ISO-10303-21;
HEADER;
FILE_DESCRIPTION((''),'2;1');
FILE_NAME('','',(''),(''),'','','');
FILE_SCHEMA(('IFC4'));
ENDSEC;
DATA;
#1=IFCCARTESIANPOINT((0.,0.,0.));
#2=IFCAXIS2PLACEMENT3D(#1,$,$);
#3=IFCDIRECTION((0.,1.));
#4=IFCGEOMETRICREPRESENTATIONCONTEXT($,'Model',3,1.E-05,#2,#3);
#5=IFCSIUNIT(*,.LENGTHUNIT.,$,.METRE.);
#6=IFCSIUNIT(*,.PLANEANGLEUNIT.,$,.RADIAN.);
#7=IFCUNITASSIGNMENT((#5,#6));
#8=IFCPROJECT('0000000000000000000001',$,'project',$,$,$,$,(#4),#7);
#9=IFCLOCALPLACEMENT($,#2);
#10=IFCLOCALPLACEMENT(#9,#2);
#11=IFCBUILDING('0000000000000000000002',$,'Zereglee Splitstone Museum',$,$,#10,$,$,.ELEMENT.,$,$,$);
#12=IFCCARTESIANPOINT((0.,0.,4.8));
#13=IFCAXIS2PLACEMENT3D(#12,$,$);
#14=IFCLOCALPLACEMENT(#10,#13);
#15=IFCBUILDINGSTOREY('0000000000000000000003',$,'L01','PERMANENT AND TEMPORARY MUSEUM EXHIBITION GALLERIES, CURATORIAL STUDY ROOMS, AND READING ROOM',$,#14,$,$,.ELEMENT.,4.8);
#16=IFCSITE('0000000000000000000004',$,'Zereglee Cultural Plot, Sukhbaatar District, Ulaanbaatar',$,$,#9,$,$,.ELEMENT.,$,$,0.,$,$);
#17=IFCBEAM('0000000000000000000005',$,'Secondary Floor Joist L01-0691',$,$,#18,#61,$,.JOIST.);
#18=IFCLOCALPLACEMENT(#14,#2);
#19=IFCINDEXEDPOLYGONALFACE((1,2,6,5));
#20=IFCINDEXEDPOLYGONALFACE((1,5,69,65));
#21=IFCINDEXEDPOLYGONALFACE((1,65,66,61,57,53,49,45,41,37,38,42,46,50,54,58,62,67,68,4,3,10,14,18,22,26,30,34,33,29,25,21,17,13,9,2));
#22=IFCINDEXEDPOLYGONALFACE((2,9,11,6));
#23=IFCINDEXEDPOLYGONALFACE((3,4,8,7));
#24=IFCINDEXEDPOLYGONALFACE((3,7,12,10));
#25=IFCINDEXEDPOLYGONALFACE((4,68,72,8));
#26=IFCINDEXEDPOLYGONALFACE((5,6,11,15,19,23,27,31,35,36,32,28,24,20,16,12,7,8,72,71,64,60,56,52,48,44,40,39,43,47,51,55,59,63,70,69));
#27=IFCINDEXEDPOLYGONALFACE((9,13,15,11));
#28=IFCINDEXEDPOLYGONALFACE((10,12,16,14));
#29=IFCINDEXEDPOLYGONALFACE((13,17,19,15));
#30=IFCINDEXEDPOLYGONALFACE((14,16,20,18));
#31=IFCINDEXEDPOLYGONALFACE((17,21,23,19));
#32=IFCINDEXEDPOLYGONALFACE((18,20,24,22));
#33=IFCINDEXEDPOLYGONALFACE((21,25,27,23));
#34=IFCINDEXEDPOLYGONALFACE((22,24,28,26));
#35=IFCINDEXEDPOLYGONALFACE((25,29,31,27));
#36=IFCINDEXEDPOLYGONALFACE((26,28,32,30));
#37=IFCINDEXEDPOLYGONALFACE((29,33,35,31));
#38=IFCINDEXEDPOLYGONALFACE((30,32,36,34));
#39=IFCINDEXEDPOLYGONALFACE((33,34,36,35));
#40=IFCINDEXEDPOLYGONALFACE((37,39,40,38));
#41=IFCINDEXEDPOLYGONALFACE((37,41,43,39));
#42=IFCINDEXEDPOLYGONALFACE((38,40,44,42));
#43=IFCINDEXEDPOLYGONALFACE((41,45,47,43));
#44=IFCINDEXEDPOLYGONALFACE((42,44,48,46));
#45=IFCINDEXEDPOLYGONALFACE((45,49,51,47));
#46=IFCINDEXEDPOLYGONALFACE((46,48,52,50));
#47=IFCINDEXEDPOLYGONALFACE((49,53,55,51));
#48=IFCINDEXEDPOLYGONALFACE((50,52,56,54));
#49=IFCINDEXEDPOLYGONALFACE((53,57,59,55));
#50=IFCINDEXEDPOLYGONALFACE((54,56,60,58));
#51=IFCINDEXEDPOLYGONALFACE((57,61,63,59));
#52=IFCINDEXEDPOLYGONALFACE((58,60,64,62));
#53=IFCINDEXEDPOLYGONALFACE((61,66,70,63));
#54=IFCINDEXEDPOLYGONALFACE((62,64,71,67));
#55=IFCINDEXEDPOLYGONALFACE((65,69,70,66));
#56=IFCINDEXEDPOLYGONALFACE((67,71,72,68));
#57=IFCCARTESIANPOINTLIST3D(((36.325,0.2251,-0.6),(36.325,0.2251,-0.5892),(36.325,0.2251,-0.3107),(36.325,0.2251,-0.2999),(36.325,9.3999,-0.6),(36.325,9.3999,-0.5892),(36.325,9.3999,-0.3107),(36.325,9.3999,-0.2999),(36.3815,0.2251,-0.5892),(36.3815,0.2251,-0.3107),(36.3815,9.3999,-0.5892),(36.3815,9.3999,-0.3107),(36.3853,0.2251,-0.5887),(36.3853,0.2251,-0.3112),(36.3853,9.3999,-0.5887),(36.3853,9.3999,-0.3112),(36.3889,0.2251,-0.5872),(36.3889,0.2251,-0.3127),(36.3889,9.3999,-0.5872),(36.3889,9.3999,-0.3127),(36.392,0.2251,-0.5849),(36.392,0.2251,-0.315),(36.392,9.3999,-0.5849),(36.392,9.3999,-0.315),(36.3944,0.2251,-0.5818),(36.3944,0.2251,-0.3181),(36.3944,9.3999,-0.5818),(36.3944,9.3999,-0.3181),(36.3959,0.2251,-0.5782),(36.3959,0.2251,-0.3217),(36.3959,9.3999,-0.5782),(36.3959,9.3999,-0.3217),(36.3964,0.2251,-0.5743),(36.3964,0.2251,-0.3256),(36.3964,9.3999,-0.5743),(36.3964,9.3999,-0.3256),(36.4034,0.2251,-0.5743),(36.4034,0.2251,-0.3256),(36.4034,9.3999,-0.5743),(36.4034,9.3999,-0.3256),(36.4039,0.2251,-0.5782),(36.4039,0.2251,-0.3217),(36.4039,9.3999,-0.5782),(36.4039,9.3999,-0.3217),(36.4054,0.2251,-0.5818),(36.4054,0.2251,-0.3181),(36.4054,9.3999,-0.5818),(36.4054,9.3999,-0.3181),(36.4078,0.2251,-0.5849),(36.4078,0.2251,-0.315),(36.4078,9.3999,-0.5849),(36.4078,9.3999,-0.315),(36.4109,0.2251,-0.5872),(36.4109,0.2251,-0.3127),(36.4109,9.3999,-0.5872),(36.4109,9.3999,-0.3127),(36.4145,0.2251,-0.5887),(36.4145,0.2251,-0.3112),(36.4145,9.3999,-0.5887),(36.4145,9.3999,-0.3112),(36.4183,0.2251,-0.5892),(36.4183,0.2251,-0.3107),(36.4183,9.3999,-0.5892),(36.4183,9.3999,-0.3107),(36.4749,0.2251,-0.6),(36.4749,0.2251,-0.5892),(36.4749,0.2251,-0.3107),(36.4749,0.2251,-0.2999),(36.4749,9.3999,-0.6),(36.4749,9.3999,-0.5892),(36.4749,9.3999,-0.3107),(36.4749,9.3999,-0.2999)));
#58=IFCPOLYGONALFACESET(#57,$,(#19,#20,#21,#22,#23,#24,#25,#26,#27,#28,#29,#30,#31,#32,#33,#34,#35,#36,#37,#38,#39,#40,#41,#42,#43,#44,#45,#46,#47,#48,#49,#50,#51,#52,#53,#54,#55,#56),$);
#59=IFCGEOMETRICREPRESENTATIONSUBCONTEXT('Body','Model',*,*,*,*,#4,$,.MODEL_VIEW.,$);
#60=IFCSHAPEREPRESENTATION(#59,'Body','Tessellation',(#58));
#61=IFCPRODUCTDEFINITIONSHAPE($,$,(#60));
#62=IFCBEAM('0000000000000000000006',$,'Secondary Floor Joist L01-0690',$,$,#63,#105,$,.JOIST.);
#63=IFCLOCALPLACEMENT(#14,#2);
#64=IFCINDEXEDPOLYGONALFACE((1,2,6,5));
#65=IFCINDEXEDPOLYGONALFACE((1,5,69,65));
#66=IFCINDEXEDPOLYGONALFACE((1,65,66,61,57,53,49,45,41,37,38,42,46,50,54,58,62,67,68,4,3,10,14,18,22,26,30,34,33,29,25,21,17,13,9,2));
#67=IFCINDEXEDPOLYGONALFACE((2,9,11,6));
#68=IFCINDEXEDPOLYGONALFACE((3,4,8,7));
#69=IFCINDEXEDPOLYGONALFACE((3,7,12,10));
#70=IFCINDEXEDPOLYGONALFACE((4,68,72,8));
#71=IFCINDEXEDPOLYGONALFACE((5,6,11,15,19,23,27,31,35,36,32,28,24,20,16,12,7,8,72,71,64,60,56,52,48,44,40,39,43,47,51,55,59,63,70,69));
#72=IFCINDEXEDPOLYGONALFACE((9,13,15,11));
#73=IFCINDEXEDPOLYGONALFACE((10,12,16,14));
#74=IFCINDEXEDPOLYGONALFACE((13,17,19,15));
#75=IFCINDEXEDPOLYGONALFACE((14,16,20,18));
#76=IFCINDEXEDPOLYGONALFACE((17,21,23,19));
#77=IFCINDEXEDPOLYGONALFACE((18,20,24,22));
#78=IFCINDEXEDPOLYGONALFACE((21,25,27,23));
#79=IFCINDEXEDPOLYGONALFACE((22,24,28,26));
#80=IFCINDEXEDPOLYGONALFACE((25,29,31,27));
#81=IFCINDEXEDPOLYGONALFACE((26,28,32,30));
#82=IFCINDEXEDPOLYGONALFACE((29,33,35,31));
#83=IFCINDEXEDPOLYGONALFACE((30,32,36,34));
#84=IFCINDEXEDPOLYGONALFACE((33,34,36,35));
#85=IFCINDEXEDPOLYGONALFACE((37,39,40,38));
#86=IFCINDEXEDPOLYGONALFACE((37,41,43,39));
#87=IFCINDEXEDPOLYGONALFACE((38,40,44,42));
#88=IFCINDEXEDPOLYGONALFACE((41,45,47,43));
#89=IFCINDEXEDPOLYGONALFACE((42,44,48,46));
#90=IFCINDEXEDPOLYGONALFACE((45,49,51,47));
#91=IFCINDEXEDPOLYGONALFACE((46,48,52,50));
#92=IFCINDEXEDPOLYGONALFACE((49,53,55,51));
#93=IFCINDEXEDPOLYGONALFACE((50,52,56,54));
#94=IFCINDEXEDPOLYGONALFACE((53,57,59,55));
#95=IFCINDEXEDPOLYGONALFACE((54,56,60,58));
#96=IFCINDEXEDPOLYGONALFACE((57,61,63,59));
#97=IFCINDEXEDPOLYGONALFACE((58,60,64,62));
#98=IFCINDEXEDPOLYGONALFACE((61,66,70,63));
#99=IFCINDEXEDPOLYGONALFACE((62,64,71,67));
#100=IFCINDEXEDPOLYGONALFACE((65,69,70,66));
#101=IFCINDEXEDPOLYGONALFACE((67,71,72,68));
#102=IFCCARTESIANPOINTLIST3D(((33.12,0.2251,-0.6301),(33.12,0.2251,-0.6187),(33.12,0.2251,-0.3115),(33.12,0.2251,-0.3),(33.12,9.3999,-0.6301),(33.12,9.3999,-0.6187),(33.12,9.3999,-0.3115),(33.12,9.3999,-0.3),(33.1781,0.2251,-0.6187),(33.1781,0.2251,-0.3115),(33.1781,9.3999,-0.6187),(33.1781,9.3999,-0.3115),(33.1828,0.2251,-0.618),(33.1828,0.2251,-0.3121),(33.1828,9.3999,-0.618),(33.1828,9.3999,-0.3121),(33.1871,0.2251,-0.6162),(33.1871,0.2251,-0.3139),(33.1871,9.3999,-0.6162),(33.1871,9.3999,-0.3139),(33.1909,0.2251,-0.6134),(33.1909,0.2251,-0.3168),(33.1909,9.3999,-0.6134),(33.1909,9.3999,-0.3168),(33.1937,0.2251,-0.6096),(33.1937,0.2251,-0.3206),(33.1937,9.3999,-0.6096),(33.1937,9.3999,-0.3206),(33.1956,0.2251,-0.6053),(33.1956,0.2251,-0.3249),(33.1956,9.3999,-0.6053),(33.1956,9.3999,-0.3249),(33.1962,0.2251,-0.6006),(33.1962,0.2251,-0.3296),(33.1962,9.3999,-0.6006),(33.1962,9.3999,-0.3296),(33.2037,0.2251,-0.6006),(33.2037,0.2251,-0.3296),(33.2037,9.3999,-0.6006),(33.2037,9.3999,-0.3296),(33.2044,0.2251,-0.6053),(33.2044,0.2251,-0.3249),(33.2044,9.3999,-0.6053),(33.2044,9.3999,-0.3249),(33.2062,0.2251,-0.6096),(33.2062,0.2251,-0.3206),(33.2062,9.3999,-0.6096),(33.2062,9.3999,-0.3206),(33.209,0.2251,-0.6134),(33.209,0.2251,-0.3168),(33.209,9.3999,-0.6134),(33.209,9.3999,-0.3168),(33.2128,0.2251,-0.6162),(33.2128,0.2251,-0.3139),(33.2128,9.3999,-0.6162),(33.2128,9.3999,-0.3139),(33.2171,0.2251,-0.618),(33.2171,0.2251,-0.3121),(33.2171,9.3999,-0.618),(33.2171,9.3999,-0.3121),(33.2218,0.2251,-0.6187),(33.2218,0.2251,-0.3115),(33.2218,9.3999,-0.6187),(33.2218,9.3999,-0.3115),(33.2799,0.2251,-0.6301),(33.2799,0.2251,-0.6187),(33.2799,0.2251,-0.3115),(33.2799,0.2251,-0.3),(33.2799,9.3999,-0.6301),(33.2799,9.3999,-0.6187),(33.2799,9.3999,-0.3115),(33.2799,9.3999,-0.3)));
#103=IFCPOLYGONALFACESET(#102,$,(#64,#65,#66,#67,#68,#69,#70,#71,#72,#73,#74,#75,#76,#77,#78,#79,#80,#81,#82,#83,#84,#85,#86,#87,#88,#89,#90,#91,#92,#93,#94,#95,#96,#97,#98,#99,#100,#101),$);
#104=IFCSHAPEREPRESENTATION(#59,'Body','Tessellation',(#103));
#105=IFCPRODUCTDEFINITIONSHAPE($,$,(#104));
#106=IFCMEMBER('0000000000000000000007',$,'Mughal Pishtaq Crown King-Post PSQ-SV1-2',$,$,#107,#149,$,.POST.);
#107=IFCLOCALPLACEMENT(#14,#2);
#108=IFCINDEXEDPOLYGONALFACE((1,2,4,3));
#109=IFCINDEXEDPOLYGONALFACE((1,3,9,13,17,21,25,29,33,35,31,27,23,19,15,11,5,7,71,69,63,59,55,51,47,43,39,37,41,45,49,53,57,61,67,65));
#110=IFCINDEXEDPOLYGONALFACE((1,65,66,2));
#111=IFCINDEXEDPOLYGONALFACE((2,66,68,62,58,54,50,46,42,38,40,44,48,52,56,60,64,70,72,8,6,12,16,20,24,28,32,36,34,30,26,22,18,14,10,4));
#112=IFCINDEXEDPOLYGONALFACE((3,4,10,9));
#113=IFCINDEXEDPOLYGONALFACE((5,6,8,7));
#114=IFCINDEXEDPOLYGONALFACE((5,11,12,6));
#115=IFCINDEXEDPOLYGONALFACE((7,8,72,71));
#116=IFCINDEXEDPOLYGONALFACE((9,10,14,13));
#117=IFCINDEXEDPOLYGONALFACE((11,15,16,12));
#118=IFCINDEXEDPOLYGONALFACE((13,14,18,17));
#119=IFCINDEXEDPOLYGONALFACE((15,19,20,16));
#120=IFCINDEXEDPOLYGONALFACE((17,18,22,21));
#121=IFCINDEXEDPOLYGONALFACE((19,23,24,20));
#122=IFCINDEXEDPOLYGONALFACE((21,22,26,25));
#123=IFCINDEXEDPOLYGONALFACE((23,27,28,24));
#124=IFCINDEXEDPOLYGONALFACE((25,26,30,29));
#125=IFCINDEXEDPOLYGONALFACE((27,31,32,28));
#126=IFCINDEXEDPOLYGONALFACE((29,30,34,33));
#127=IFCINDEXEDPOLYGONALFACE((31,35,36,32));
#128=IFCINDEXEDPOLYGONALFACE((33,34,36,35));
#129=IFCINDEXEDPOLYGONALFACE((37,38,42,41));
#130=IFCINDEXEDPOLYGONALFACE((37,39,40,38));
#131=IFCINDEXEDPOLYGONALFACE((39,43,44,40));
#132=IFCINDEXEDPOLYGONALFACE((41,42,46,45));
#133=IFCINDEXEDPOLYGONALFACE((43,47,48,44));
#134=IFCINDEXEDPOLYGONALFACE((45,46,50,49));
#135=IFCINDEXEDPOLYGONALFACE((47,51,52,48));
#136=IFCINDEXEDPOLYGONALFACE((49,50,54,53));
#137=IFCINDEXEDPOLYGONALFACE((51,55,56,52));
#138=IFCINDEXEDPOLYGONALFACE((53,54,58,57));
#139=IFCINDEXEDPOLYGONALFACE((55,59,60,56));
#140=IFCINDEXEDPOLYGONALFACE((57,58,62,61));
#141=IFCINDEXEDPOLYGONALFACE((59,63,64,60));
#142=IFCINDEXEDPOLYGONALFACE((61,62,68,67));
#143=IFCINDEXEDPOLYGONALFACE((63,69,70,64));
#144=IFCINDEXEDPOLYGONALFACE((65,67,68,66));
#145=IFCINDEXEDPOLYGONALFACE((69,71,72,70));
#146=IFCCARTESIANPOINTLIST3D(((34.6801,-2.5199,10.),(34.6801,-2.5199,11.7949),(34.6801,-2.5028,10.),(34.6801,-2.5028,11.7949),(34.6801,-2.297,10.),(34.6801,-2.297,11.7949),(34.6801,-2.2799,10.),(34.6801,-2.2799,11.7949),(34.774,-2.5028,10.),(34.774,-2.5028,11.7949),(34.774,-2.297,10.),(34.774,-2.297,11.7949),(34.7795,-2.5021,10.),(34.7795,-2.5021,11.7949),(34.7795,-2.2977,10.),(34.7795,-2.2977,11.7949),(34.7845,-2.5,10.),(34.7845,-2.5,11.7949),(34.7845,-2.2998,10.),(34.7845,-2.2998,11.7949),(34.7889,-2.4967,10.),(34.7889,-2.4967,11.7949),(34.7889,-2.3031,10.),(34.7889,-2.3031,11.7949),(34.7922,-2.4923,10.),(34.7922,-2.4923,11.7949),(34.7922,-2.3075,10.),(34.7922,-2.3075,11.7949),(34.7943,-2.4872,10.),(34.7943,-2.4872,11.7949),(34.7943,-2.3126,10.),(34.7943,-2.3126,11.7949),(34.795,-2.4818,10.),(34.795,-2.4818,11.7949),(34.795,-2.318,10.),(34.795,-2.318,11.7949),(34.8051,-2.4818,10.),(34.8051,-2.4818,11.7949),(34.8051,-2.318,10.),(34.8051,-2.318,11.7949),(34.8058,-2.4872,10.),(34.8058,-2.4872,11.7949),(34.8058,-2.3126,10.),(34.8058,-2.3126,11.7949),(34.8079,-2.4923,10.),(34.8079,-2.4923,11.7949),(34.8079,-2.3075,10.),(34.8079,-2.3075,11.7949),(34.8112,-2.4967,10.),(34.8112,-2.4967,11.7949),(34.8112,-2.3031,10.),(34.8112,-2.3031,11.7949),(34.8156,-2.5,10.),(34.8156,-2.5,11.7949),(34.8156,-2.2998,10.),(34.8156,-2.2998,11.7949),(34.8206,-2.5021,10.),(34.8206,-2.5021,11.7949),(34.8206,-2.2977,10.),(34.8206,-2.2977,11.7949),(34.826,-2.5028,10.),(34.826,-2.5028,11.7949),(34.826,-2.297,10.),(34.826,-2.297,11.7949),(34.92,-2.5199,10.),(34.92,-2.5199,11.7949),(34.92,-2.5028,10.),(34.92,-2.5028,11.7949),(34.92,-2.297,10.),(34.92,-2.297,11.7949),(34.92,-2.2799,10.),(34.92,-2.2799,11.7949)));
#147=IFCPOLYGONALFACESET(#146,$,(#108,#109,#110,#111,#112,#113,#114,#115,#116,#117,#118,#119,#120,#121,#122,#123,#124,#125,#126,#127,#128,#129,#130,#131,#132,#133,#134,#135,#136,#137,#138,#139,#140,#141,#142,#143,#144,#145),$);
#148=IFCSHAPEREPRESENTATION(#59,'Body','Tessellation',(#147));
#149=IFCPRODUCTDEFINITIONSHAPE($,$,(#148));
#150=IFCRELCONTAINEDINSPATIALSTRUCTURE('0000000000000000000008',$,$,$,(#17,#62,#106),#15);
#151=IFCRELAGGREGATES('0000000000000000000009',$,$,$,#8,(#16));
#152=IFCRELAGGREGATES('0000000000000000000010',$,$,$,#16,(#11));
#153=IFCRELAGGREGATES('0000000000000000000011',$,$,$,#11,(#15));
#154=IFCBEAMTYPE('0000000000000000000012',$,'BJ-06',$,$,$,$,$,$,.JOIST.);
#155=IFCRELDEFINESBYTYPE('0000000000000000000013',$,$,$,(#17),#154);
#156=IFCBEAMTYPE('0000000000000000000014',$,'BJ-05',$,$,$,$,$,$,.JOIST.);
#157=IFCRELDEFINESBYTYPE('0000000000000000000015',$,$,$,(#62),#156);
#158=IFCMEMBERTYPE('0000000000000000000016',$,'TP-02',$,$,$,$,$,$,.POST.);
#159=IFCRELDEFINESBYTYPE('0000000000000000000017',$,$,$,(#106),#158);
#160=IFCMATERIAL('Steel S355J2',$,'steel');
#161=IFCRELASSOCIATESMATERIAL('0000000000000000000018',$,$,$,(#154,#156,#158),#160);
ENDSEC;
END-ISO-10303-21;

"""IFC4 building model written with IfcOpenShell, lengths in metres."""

from ifc_helpers import new_model, si_unit, direction, frame, origin, origin_2d, place, context, subcontext, project, spatial, i_section, extrude, material, material_profile, profile_set, type_object, element, save


model = new_model("IFC4")

# Units and contexts
model_context = context("Model", 3, precision=1e-05, world=origin(), true_north=direction((0.0, 1.0)))
body_context = subcontext(model_context, "Body", "Model", "MODEL_VIEW")
ifc_project = project(units=[si_unit("LENGTHUNIT", "METRE"), si_unit("PLANEANGLEUNIT", "RADIAN")], contexts=[model_context])

# Site, building, storey
site_placement = place(None, origin())
site = spatial("IfcSite", under=ifc_project, at=site_placement, Name="Zereglee Cultural Plot, Sukhbaatar District, Ulaanbaatar", CompositionType="ELEMENT", RefElevation=0.0)
building_placement = place(site_placement, origin())
building = spatial("IfcBuilding", under=site, at=building_placement, Name="Zereglee Splitstone Museum", CompositionType="ELEMENT")
storey_placement = place(building_placement, frame((0.0, 0.0, 4.8)))
storey = spatial("IfcBuildingStorey", under=building, at=storey_placement, Name="L01", Description="PERMANENT AND TEMPORARY MUSEUM EXHIBITION GALLERIES, CURATORIAL STUDY ROOMS, AND READING ROOM", CompositionType="ELEMENT", Elevation=4.8)

# Shared definitions
ifc_material_1 = material(Name="Steel S355J2", Category="steel")

# Beams
ifc_material_profile_1 = material_profile(ifc_material_1, i_section(OverallWidth=0.1499, OverallDepth=0.3, WebThickness=0.0071, FlangeThickness=0.0107, FilletRadius=0.0149, at=origin_2d()), Name="IPE 300")
ifc_profile_set_1 = profile_set([ifc_material_profile_1], Name="Steel S355J2")
beam_type_1 = type_object("IfcBeamType", Name="BJ-06", PredefinedType="JOIST", material=ifc_profile_set_1)
beam_1_placement = place(storey_placement, frame((36.3999, 0.2251, -0.45), z_axis=(0.0, 1.0, 0.0), x_axis=(-1.0, 0.0, 0.0)))
element("IfcBeam", 1, at=beam_1_placement, inside=storey, type_object=beam_type_1, Name="Secondary Floor Joist L01-0691", PredefinedType="JOIST", context=body_context, shape_type="SweptSolid", body=[
    extrude(i_section(OverallWidth=0.1499, OverallDepth=0.3, WebThickness=0.0071, FlangeThickness=0.0107, FilletRadius=0.0149, at=origin_2d()), origin(), (0.0, 0.0, 1.0), 9.1748),
])
ifc_material_profile_2 = material_profile(ifc_material_1, i_section(OverallWidth=0.1599, OverallDepth=0.3301, WebThickness=0.0076, FlangeThickness=0.0115, FilletRadius=0.0181, at=origin_2d()), Name="IPE 330")
ifc_profile_set_2 = profile_set([ifc_material_profile_2], Name="Steel S355J2")
beam_type_2 = type_object("IfcBeamType", Name="BJ-05", PredefinedType="JOIST", material=ifc_profile_set_2)
beam_2_placement = place(storey_placement, frame((33.2, 0.2251, -0.4651), z_axis=(0.0, 1.0, 0.0), x_axis=(-1.0, 0.0, 0.0)))
element("IfcBeam", 2, at=beam_2_placement, inside=storey, type_object=beam_type_2, Name="Secondary Floor Joist L01-0690", PredefinedType="JOIST", context=body_context, shape_type="SweptSolid", body=[
    extrude(i_section(OverallWidth=0.1599, OverallDepth=0.3301, WebThickness=0.0076, FlangeThickness=0.0115, FilletRadius=0.0181, at=origin_2d()), origin(), (0.0, 0.0, 1.0), 9.1748),
])

# Member
ifc_material_profile_3 = material_profile(ifc_material_1, i_section(OverallWidth=0.24, OverallDepth=0.24, WebThickness=0.01, FlangeThickness=0.0171, FilletRadius=0.021, at=origin_2d()), Name="HE 240 B")
ifc_profile_set_3 = profile_set([ifc_material_profile_3], Name="Steel S355J2")
member_type_1 = type_object("IfcMemberType", Name="TP-02", PredefinedType="POST", material=ifc_profile_set_3)
member_1_placement = place(storey_placement, frame((34.8, -2.3999, 10.0), z_axis=(0.0, 0.0, 1.0), x_axis=(1.0, 0.0, 0.0)))
element("IfcMember", 3, at=member_1_placement, inside=storey, type_object=member_type_1, Name="Mughal Pishtaq Crown King-Post PSQ-SV1-2", PredefinedType="POST", context=body_context, shape_type="SweptSolid", body=[
    extrude(i_section(OverallWidth=0.24, OverallDepth=0.24, WebThickness=0.01, FlangeThickness=0.0171, FilletRadius=0.021, at=origin_2d()), origin(), (0.0, 0.0, 1.0), 1.7949),
])

save(model, "model.ifc")
